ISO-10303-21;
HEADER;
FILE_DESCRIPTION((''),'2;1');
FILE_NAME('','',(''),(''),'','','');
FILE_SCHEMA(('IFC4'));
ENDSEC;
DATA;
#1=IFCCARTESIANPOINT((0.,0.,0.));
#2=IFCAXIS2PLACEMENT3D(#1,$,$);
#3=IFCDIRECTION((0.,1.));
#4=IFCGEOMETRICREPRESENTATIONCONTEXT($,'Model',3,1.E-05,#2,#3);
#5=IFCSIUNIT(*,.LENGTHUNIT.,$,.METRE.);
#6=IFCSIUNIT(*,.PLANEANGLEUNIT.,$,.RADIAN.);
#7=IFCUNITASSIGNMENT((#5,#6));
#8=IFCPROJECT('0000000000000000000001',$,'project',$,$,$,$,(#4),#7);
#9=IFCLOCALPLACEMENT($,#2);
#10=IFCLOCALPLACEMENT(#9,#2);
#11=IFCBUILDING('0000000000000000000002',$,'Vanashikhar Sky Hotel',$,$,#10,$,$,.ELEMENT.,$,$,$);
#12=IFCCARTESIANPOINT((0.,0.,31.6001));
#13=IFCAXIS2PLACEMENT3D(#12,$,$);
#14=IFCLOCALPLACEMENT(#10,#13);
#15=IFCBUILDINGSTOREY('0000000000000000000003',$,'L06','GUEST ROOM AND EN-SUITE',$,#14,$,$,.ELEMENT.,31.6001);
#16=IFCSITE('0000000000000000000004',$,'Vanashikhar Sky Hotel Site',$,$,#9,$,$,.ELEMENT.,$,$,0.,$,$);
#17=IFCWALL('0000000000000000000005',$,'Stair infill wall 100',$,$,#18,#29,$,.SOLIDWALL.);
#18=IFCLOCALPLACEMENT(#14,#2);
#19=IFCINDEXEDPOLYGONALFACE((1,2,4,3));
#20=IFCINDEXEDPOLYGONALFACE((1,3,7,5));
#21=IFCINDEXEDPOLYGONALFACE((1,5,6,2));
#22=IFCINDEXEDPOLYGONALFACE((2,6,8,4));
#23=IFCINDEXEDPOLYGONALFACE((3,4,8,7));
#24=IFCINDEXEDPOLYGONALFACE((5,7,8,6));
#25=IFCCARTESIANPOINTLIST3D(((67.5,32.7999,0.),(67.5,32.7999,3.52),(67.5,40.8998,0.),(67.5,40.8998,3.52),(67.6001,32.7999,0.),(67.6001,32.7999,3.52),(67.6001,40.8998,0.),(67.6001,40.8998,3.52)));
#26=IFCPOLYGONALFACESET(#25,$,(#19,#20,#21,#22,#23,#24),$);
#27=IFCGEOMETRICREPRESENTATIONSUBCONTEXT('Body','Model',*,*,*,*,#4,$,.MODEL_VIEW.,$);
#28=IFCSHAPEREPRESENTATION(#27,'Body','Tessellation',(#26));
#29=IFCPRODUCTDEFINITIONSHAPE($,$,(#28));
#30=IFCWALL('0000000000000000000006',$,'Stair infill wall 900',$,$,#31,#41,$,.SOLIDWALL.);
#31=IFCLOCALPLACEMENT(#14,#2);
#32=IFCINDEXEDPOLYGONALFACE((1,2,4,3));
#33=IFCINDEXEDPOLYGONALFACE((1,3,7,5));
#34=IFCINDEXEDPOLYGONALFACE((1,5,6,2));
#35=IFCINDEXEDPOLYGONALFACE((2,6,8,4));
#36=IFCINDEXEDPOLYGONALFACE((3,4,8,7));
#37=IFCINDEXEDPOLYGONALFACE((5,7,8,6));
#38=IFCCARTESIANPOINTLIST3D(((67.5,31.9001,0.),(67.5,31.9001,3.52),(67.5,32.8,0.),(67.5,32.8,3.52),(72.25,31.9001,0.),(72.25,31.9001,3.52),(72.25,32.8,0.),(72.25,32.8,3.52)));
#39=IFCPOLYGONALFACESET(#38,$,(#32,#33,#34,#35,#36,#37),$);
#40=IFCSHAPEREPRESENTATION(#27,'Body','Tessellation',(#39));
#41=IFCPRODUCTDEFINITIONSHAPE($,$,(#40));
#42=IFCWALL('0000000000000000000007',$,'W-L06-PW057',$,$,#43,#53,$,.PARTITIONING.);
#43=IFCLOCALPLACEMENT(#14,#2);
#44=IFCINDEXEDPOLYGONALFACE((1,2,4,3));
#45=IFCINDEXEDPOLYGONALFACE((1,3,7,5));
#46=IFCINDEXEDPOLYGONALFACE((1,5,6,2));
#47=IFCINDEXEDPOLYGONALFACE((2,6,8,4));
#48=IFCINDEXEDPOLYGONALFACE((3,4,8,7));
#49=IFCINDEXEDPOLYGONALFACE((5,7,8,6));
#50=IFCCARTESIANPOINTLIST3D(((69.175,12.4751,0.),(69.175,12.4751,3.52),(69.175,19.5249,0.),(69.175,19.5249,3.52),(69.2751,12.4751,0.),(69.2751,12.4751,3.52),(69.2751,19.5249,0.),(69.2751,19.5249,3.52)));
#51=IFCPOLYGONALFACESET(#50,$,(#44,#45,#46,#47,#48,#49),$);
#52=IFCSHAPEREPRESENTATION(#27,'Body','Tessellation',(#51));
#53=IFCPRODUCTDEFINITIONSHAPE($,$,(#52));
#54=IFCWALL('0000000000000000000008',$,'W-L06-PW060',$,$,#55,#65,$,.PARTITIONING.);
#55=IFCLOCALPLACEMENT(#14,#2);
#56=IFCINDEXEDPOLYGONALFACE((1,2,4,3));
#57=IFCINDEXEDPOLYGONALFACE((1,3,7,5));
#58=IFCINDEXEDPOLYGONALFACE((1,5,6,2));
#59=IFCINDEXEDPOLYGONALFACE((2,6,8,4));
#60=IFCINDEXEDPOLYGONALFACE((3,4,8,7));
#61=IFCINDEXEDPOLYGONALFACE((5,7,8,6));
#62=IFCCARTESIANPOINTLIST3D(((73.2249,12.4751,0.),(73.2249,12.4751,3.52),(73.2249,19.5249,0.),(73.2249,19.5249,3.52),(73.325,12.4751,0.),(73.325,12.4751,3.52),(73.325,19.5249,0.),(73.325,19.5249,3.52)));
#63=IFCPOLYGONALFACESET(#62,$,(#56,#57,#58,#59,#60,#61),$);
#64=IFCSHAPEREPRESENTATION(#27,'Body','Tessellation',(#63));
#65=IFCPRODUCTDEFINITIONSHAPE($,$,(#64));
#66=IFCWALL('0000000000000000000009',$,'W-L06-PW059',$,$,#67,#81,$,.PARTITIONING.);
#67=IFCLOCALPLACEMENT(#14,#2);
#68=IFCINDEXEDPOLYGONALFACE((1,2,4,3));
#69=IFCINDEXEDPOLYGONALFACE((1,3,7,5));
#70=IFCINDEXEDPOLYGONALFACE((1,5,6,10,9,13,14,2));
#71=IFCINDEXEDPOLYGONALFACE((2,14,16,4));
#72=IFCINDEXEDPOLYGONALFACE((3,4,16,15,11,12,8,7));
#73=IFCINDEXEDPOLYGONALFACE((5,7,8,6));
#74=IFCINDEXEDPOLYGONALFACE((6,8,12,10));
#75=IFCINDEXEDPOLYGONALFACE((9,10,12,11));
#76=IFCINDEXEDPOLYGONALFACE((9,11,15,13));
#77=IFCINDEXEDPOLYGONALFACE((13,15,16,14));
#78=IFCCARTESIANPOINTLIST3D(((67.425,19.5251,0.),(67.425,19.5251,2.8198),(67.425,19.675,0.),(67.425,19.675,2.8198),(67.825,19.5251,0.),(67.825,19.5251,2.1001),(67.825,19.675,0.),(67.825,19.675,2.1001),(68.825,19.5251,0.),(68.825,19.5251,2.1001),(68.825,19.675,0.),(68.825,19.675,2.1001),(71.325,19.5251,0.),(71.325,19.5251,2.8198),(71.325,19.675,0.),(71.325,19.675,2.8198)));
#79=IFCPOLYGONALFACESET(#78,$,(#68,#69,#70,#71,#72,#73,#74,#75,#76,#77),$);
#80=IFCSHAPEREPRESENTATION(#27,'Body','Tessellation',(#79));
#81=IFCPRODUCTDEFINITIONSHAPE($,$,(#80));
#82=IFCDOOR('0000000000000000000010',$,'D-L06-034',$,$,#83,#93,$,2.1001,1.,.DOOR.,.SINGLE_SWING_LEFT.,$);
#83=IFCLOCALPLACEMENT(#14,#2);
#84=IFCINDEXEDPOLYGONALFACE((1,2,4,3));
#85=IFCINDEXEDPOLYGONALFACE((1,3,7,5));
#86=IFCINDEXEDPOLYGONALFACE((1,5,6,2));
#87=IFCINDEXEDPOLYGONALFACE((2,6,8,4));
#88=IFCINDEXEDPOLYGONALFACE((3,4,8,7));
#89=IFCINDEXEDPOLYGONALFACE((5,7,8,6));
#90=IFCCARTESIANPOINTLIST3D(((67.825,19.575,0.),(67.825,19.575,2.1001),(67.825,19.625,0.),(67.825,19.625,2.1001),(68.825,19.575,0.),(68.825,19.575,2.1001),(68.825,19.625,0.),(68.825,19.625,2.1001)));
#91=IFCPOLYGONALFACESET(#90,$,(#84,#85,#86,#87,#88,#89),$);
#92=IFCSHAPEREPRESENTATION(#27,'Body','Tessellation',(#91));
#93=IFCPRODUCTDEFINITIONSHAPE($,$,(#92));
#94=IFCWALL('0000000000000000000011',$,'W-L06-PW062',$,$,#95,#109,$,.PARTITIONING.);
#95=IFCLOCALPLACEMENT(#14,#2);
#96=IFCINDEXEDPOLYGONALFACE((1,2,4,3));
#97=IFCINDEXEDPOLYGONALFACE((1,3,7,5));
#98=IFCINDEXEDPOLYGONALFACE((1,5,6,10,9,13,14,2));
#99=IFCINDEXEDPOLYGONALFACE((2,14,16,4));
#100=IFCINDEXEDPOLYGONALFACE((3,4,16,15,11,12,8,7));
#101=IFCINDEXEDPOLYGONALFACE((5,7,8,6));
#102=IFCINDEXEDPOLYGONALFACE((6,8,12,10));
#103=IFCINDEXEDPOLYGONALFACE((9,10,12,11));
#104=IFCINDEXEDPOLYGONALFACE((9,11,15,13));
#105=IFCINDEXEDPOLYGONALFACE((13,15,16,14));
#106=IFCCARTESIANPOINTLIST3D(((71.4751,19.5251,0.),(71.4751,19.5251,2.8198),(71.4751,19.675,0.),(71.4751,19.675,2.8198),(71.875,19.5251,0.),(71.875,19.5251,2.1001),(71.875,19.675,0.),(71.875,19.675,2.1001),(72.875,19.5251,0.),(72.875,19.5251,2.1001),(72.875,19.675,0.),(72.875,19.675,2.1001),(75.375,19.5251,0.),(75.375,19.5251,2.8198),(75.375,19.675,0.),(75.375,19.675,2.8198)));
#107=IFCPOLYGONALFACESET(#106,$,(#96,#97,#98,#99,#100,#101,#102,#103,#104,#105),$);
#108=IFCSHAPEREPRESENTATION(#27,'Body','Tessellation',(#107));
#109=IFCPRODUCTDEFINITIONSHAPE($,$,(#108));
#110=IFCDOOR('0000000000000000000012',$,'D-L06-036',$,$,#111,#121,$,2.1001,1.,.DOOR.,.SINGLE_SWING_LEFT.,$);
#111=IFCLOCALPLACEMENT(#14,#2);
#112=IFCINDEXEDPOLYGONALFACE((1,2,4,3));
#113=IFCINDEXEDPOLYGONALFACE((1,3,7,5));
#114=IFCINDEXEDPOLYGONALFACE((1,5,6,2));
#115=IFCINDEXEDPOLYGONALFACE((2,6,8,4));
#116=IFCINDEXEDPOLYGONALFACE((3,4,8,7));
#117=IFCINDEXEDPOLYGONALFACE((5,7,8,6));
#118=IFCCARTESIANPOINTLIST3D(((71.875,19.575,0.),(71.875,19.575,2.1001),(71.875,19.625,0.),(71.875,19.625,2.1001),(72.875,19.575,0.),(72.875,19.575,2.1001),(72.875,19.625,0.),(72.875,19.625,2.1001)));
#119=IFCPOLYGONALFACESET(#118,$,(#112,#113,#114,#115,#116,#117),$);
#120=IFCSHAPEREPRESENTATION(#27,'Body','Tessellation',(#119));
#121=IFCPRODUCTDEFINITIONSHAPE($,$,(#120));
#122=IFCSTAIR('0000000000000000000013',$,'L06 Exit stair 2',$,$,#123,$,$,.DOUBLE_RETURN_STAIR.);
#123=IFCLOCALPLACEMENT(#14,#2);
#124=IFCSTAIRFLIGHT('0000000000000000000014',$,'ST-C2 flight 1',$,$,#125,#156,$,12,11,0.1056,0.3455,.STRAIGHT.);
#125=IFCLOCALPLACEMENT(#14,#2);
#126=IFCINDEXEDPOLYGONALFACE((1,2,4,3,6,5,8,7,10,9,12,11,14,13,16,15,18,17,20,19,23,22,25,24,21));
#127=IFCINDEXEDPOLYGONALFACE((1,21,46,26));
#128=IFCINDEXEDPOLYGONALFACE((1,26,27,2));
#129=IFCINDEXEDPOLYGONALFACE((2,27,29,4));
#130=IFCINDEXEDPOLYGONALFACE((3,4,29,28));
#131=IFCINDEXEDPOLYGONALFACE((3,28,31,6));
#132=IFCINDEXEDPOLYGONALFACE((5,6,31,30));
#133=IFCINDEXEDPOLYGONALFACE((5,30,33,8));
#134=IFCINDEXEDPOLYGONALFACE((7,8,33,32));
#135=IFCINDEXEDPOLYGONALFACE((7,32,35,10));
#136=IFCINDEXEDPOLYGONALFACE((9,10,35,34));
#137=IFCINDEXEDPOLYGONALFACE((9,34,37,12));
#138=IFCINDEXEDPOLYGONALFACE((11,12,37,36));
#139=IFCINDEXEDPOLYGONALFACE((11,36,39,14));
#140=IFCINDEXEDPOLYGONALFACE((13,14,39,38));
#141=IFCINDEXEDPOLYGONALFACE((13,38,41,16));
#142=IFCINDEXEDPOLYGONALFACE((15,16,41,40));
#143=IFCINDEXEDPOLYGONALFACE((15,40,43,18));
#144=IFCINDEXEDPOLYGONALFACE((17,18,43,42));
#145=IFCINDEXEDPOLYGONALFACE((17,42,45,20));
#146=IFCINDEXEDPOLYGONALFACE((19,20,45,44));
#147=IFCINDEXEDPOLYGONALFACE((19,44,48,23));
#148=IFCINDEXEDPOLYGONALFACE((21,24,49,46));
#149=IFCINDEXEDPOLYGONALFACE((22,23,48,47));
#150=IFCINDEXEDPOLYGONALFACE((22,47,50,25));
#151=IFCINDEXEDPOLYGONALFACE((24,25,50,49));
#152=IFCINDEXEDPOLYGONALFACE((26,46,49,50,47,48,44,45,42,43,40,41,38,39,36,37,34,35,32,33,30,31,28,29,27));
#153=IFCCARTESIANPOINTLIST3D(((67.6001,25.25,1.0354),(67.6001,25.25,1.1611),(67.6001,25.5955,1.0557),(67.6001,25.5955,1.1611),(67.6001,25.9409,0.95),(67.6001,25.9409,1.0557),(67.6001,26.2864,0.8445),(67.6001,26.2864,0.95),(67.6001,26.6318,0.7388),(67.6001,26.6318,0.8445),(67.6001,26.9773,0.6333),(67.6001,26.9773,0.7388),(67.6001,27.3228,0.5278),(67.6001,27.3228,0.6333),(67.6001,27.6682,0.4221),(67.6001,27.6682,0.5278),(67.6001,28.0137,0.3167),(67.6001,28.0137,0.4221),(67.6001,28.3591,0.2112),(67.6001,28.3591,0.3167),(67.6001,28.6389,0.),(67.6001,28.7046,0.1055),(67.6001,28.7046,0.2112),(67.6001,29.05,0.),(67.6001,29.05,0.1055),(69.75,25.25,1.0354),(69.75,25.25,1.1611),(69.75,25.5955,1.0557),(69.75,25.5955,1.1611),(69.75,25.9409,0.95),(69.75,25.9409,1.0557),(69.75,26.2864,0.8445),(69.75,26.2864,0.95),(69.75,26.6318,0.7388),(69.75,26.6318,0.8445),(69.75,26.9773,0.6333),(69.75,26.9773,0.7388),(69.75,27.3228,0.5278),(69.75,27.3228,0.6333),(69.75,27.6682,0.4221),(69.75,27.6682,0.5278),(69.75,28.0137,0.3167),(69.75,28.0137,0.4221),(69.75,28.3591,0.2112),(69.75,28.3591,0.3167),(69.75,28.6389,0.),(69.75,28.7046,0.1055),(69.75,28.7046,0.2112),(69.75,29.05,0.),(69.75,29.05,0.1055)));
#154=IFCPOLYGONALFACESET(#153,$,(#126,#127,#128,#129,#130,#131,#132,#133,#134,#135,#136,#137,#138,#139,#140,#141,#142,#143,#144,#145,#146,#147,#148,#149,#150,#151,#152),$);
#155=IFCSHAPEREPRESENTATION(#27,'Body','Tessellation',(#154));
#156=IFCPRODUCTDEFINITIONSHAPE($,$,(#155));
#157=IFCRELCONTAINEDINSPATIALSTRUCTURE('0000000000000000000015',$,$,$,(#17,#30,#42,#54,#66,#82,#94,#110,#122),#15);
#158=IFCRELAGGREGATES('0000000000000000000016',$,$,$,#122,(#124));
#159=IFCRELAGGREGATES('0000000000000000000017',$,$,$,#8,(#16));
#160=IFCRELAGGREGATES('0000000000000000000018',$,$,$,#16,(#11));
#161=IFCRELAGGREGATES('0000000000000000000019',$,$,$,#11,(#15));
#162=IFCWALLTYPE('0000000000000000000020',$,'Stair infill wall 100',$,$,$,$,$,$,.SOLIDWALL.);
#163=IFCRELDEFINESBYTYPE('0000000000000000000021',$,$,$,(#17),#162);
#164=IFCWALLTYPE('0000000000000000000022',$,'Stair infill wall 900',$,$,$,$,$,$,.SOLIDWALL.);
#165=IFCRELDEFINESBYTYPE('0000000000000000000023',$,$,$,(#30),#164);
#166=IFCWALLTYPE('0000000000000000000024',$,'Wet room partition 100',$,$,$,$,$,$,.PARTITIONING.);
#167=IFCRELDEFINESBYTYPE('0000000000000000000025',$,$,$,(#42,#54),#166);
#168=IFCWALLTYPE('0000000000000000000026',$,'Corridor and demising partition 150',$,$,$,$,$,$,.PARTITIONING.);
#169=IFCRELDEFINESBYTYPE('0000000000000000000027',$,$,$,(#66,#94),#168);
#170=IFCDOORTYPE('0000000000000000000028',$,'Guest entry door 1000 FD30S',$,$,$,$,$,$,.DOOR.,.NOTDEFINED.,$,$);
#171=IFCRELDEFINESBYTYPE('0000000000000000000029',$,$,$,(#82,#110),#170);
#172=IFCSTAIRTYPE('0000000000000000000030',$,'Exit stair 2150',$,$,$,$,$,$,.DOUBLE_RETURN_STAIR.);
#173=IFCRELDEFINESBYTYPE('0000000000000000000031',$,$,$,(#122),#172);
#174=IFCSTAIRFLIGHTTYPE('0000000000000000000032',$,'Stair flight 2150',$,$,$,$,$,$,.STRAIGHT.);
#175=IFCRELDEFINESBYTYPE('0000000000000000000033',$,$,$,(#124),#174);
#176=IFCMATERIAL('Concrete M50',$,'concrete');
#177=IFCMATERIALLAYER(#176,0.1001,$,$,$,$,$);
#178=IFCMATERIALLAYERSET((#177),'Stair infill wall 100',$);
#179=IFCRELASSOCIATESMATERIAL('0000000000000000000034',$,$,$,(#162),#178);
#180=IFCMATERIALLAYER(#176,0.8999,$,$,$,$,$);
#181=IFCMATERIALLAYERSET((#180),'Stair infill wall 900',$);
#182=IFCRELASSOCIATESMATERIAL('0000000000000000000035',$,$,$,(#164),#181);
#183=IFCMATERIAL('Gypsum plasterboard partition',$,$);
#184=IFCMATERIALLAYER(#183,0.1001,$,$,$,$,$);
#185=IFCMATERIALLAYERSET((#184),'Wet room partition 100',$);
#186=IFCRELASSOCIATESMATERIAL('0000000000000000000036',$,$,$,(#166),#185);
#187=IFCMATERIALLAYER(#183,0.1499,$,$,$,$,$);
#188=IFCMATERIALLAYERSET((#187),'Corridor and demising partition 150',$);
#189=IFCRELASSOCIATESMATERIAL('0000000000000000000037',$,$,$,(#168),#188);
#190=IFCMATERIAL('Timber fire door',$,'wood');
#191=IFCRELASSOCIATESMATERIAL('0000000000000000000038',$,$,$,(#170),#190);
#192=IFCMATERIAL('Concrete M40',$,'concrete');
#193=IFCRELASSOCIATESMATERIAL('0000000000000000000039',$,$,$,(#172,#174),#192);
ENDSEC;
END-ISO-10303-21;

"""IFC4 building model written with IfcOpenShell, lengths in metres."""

from ifc_helpers import new_model, si_unit, direction, frame, frame_2d, origin, place, context, subcontext, project, spatial, polyline, rectangle, outline, extrude, source, transform, mapped, material, layer, layer_set, type_object, element, fill, aggregate, save


model = new_model("IFC4")

# Units and contexts
model_context = context("Model", 3, precision=1e-05, world=origin(), true_north=direction((0.0, 1.0)))
body_context = subcontext(model_context, "Body", "Model", "MODEL_VIEW")
ifc_project = project(units=[si_unit("LENGTHUNIT", "METRE"), si_unit("PLANEANGLEUNIT", "RADIAN")], contexts=[model_context])

# Site, building, storey
site_placement = place(None, origin())
site = spatial("IfcSite", under=ifc_project, at=site_placement, Name="Vanashikhar Sky Hotel Site", CompositionType="ELEMENT", RefElevation=0.0)
building_placement = place(site_placement, origin())
building = spatial("IfcBuilding", under=site, at=building_placement, Name="Vanashikhar Sky Hotel", CompositionType="ELEMENT")
storey_placement = place(building_placement, frame((0.0, 0.0, 31.6001)))
storey = spatial("IfcBuildingStorey", under=building, at=storey_placement, Name="L06", Description="GUEST ROOM AND EN-SUITE", CompositionType="ELEMENT", Elevation=31.6001)

# Shared definitions
ifc_material_1 = material(Name="Concrete M50", Category="concrete")

# Shared definitions
ifc_material_2 = material(Name="Concrete M40", Category="concrete")

# Walls
ifc_layer_1 = layer(ifc_material_1, 0.1001)
ifc_layer_set_1 = layer_set([ifc_layer_1], Name="Stair infill wall 100")
wall_type_1 = type_object("IfcWallType", Name="Stair infill wall 100", PredefinedType="SOLIDWALL", material=ifc_layer_set_1)
shared_shape_1 = source(origin(), body_context, "Body", "SweptSolid", [
    extrude(rectangle(XDim=8.0999, YDim=0.1001, at=frame_2d((4.0498, 0.0))), origin(), (0.0, 0.0, 1.0), 3.52),
])
for number, where, z_axis, x_axis, name in (
    (1, (67.55, 32.8, 0.0), (0.0, 0.0, 1.0), (0.0, 1.0, 0.0), "Stair infill wall 100"),
):
    element("IfcWall", number, at=place(storey_placement, frame(where, z_axis=z_axis, x_axis=x_axis)), inside=storey, type_object=wall_type_1, Name=name, PredefinedType="SOLIDWALL", context=body_context, shape_type="MappedRepresentation", body=[
        mapped(shared_shape_1, transform((0.0, 0.0, 0.0), scale=1.0)),
    ])
ifc_layer_2 = layer(ifc_material_1, 0.8999)
ifc_layer_set_2 = layer_set([ifc_layer_2], Name="Stair infill wall 900")
wall_type_2 = type_object("IfcWallType", Name="Stair infill wall 900", PredefinedType="SOLIDWALL", material=ifc_layer_set_2)
shared_shape_2 = source(origin(), body_context, "Body", "SweptSolid", [
    extrude(rectangle(XDim=4.75, YDim=0.8999, at=frame_2d((2.375, 0.0))), origin(), (0.0, 0.0, 1.0), 3.52),
])
wall_1_placement = place(storey_placement, frame((67.5, 32.3501, 0.0), z_axis=(0.0, 0.0, 1.0), x_axis=(1.0, 0.0, 0.0)))
element("IfcWall", 2, at=wall_1_placement, inside=storey, type_object=wall_type_2, Name="Stair infill wall 900", PredefinedType="SOLIDWALL", context=body_context, shape_type="MappedRepresentation", body=[
    mapped(shared_shape_2, transform((0.0, 0.0, 0.0), scale=1.0)),
])
ifc_material_3 = material(Name="Gypsum plasterboard partition")
ifc_layer_3 = layer(ifc_material_3, 0.1001)
ifc_layer_set_3 = layer_set([ifc_layer_3], Name="Wet room partition 100")
wall_type_3 = type_object("IfcWallType", Name="Wet room partition 100", PredefinedType="PARTITIONING", material=ifc_layer_set_3)
shared_shape_3 = source(origin(), body_context, "Body", "SweptSolid", [
    extrude(rectangle(XDim=7.0498, YDim=0.1001, at=frame_2d((3.5249, 0.0))), origin(), (0.0, 0.0, 1.0), 3.52),
])
for number, where, z_axis, x_axis, name in (
    (3, (69.2251, 12.4751, 0.0), (0.0, 0.0, 1.0), (0.0, 1.0, 0.0), "W-L06-PW057"),
    (4, (73.2749, 12.4751, 0.0), (0.0, 0.0, 1.0), (0.0, 1.0, 0.0), "W-L06-PW060"),
):
    element("IfcWall", number, at=place(storey_placement, frame(where, z_axis=z_axis, x_axis=x_axis)), inside=storey, type_object=wall_type_3, Name=name, PredefinedType="PARTITIONING", context=body_context, shape_type="MappedRepresentation", body=[
        mapped(shared_shape_3, transform((0.0, 0.0, 0.0), scale=1.0)),
    ])

# Walls, openings, doors
ifc_layer_4 = layer(ifc_material_3, 0.1499)
ifc_layer_set_4 = layer_set([ifc_layer_4], Name="Corridor and demising partition 150")
wall_type_4 = type_object("IfcWallType", Name="Corridor and demising partition 150", PredefinedType="PARTITIONING", material=ifc_layer_set_4)
shared_shape_4 = source(origin(), body_context, "Body", "SweptSolid", [
    extrude(rectangle(XDim=3.8999, YDim=0.1499, at=frame_2d((1.95, 0.0))), origin(), (0.0, 0.0, 1.0), 2.8198),
])
wall_2_placement = place(storey_placement, frame((67.425, 19.6001, 0.0), z_axis=(0.0, 0.0, 1.0), x_axis=(1.0, 0.0, 0.0)))
wall_2 = element("IfcWall", 5, at=wall_2_placement, inside=storey, type_object=wall_type_4, Name="W-L06-PW059", PredefinedType="PARTITIONING", context=body_context, shape_type="MappedRepresentation", body=[
    mapped(shared_shape_4, transform((0.0, 0.0, 0.0), scale=1.0)),
])
shared_shape_5 = source(origin(), body_context, "Body", "SweptSolid", [
    extrude(rectangle(XDim=1.0, YDim=2.1001, at=frame_2d((0.5, 1.05))), frame((0.0, 0.085, 0.0), z_axis=(0.0, -1.0, 0.0), x_axis=(1.0, 0.0, 0.0)), (0.0, 0.0, 1.0), 0.1699),
])
opening_1_placement = place(wall_2_placement, frame((0.3999, 0.0, 0.0)))
opening_1 = element("IfcOpeningElement", 6, at=opening_1_placement, cuts=wall_2, PredefinedType="OPENING", context=body_context, shape_type="MappedRepresentation", body=[
    mapped(shared_shape_5, transform((0.0, 0.0, 0.0), scale=1.0)),
])
ifc_material_4 = material(Name="Timber fire door", Category="wood")
door_type_1 = type_object("IfcDoorType", Name="Guest entry door 1000 FD30S", OperationType="NOTDEFINED", PredefinedType="DOOR", material=ifc_material_4)
shared_shape_6 = source(origin(), body_context, "Body", "SweptSolid", [
    extrude(rectangle(XDim=1.0, YDim=2.1001, at=frame_2d((0.5, 1.05))), frame((0.0, 0.0249, 0.0), z_axis=(0.0, -1.0, 0.0), x_axis=(1.0, 0.0, 0.0)), (0.0, 0.0, 1.0), 0.05),
])
door_1_placement = place(opening_1_placement, origin())
door_1 = element("IfcDoor", 7, at=door_1_placement, inside=storey, type_object=door_type_1, Name="D-L06-034", OperationType="SINGLE_SWING_LEFT", OverallHeight=2.1001, OverallWidth=1.0, PredefinedType="DOOR", context=body_context, shape_type="MappedRepresentation", body=[
    mapped(shared_shape_6, transform((0.0, 0.0, 0.0), scale=1.0)),
])
fill(opening_1, door_1)
wall_3_placement = place(storey_placement, frame((71.4751, 19.6001, 0.0), z_axis=(0.0, 0.0, 1.0), x_axis=(1.0, 0.0, 0.0)))
wall_3 = element("IfcWall", 8, at=wall_3_placement, inside=storey, type_object=wall_type_4, Name="W-L06-PW062", PredefinedType="PARTITIONING", context=body_context, shape_type="MappedRepresentation", body=[
    mapped(shared_shape_4, transform((0.0, 0.0, 0.0), scale=1.0)),
])
opening_2_placement = place(wall_3_placement, frame((0.3999, 0.0, 0.0)))
opening_2 = element("IfcOpeningElement", 9, at=opening_2_placement, cuts=wall_3, PredefinedType="OPENING", context=body_context, shape_type="MappedRepresentation", body=[
    mapped(shared_shape_5, transform((0.0, 0.0, 0.0), scale=1.0)),
])
door_2_placement = place(opening_2_placement, origin())
door_2 = element("IfcDoor", 10, at=door_2_placement, inside=storey, type_object=door_type_1, Name="D-L06-036", OperationType="SINGLE_SWING_LEFT", OverallHeight=2.1001, OverallWidth=1.0, PredefinedType="DOOR", context=body_context, shape_type="MappedRepresentation", body=[
    mapped(shared_shape_6, transform((0.0, 0.0, 0.0), scale=1.0)),
])
fill(opening_2, door_2)

# Stair, stair flight
stair_type = type_object("IfcStairType", Name="Exit stair 2150", PredefinedType="DOUBLE_RETURN_STAIR", material=ifc_material_2)
stair_1_placement = place(storey_placement, origin())
stair_1 = element("IfcStair", 11, at=stair_1_placement, inside=storey, type_object=stair_type, Name="L06 Exit stair 2", PredefinedType="DOUBLE_RETURN_STAIR")
stair_flight_type = type_object("IfcStairFlightType", Name="Stair flight 2150", PredefinedType="STRAIGHT", material=ifc_material_2)
shared_shape_7 = source(origin(), body_context, "Body", "SweptSolid", [
    extrude(outline(polyline([(0.0, 0.0), (0.0, 0.1055), (0.3455, 0.1055), (0.3455, 0.2112), (0.6909, 0.2112), (0.6909, 0.3167), (1.0364, 0.3167), (1.0364, 0.4221), (1.3818, 0.4221), (1.3818, 0.5278), (1.7273, 0.5278), (1.7273, 0.6333), (2.0728, 0.6333), (2.0728, 0.7388), (2.4182, 0.7388), (2.4182, 0.8445), (2.7637, 0.8445), (2.7637, 0.95), (3.1091, 0.95), (3.1091, 1.0557), (3.4546, 1.0557), (3.4546, 1.1611), (3.8, 1.1611), (3.8, 1.2666), (3.8, 1.0354), (0.4111, 0.0), (0.0, 0.0)])), frame((0.0, 1.075, 0.0), z_axis=(0.0, -1.0, 0.0), x_axis=(1.0, 0.0, 0.0)), (0.0, 0.0, 1.0), 2.1499),
])
stair_flight_1_placement = place(storey_placement, frame((68.675, 29.05, 0.0), z_axis=(0.0, 0.0, 1.0), x_axis=(0.0, -1.0, 0.0)))
stair_flight_1 = element("IfcStairFlight", 12, at=stair_flight_1_placement, type_object=stair_flight_type, Name="ST-C2 flight 1", NumberOfRisers=12, NumberOfTreads=11, PredefinedType="STRAIGHT", RiserHeight=0.1056, TreadLength=0.3455, context=body_context, shape_type="MappedRepresentation", body=[
    mapped(shared_shape_7, transform((0.0, 0.0, 0.0), scale=1.0)),
])
aggregate(stair_1, [stair_flight_1])

save(model, "model.ifc")
